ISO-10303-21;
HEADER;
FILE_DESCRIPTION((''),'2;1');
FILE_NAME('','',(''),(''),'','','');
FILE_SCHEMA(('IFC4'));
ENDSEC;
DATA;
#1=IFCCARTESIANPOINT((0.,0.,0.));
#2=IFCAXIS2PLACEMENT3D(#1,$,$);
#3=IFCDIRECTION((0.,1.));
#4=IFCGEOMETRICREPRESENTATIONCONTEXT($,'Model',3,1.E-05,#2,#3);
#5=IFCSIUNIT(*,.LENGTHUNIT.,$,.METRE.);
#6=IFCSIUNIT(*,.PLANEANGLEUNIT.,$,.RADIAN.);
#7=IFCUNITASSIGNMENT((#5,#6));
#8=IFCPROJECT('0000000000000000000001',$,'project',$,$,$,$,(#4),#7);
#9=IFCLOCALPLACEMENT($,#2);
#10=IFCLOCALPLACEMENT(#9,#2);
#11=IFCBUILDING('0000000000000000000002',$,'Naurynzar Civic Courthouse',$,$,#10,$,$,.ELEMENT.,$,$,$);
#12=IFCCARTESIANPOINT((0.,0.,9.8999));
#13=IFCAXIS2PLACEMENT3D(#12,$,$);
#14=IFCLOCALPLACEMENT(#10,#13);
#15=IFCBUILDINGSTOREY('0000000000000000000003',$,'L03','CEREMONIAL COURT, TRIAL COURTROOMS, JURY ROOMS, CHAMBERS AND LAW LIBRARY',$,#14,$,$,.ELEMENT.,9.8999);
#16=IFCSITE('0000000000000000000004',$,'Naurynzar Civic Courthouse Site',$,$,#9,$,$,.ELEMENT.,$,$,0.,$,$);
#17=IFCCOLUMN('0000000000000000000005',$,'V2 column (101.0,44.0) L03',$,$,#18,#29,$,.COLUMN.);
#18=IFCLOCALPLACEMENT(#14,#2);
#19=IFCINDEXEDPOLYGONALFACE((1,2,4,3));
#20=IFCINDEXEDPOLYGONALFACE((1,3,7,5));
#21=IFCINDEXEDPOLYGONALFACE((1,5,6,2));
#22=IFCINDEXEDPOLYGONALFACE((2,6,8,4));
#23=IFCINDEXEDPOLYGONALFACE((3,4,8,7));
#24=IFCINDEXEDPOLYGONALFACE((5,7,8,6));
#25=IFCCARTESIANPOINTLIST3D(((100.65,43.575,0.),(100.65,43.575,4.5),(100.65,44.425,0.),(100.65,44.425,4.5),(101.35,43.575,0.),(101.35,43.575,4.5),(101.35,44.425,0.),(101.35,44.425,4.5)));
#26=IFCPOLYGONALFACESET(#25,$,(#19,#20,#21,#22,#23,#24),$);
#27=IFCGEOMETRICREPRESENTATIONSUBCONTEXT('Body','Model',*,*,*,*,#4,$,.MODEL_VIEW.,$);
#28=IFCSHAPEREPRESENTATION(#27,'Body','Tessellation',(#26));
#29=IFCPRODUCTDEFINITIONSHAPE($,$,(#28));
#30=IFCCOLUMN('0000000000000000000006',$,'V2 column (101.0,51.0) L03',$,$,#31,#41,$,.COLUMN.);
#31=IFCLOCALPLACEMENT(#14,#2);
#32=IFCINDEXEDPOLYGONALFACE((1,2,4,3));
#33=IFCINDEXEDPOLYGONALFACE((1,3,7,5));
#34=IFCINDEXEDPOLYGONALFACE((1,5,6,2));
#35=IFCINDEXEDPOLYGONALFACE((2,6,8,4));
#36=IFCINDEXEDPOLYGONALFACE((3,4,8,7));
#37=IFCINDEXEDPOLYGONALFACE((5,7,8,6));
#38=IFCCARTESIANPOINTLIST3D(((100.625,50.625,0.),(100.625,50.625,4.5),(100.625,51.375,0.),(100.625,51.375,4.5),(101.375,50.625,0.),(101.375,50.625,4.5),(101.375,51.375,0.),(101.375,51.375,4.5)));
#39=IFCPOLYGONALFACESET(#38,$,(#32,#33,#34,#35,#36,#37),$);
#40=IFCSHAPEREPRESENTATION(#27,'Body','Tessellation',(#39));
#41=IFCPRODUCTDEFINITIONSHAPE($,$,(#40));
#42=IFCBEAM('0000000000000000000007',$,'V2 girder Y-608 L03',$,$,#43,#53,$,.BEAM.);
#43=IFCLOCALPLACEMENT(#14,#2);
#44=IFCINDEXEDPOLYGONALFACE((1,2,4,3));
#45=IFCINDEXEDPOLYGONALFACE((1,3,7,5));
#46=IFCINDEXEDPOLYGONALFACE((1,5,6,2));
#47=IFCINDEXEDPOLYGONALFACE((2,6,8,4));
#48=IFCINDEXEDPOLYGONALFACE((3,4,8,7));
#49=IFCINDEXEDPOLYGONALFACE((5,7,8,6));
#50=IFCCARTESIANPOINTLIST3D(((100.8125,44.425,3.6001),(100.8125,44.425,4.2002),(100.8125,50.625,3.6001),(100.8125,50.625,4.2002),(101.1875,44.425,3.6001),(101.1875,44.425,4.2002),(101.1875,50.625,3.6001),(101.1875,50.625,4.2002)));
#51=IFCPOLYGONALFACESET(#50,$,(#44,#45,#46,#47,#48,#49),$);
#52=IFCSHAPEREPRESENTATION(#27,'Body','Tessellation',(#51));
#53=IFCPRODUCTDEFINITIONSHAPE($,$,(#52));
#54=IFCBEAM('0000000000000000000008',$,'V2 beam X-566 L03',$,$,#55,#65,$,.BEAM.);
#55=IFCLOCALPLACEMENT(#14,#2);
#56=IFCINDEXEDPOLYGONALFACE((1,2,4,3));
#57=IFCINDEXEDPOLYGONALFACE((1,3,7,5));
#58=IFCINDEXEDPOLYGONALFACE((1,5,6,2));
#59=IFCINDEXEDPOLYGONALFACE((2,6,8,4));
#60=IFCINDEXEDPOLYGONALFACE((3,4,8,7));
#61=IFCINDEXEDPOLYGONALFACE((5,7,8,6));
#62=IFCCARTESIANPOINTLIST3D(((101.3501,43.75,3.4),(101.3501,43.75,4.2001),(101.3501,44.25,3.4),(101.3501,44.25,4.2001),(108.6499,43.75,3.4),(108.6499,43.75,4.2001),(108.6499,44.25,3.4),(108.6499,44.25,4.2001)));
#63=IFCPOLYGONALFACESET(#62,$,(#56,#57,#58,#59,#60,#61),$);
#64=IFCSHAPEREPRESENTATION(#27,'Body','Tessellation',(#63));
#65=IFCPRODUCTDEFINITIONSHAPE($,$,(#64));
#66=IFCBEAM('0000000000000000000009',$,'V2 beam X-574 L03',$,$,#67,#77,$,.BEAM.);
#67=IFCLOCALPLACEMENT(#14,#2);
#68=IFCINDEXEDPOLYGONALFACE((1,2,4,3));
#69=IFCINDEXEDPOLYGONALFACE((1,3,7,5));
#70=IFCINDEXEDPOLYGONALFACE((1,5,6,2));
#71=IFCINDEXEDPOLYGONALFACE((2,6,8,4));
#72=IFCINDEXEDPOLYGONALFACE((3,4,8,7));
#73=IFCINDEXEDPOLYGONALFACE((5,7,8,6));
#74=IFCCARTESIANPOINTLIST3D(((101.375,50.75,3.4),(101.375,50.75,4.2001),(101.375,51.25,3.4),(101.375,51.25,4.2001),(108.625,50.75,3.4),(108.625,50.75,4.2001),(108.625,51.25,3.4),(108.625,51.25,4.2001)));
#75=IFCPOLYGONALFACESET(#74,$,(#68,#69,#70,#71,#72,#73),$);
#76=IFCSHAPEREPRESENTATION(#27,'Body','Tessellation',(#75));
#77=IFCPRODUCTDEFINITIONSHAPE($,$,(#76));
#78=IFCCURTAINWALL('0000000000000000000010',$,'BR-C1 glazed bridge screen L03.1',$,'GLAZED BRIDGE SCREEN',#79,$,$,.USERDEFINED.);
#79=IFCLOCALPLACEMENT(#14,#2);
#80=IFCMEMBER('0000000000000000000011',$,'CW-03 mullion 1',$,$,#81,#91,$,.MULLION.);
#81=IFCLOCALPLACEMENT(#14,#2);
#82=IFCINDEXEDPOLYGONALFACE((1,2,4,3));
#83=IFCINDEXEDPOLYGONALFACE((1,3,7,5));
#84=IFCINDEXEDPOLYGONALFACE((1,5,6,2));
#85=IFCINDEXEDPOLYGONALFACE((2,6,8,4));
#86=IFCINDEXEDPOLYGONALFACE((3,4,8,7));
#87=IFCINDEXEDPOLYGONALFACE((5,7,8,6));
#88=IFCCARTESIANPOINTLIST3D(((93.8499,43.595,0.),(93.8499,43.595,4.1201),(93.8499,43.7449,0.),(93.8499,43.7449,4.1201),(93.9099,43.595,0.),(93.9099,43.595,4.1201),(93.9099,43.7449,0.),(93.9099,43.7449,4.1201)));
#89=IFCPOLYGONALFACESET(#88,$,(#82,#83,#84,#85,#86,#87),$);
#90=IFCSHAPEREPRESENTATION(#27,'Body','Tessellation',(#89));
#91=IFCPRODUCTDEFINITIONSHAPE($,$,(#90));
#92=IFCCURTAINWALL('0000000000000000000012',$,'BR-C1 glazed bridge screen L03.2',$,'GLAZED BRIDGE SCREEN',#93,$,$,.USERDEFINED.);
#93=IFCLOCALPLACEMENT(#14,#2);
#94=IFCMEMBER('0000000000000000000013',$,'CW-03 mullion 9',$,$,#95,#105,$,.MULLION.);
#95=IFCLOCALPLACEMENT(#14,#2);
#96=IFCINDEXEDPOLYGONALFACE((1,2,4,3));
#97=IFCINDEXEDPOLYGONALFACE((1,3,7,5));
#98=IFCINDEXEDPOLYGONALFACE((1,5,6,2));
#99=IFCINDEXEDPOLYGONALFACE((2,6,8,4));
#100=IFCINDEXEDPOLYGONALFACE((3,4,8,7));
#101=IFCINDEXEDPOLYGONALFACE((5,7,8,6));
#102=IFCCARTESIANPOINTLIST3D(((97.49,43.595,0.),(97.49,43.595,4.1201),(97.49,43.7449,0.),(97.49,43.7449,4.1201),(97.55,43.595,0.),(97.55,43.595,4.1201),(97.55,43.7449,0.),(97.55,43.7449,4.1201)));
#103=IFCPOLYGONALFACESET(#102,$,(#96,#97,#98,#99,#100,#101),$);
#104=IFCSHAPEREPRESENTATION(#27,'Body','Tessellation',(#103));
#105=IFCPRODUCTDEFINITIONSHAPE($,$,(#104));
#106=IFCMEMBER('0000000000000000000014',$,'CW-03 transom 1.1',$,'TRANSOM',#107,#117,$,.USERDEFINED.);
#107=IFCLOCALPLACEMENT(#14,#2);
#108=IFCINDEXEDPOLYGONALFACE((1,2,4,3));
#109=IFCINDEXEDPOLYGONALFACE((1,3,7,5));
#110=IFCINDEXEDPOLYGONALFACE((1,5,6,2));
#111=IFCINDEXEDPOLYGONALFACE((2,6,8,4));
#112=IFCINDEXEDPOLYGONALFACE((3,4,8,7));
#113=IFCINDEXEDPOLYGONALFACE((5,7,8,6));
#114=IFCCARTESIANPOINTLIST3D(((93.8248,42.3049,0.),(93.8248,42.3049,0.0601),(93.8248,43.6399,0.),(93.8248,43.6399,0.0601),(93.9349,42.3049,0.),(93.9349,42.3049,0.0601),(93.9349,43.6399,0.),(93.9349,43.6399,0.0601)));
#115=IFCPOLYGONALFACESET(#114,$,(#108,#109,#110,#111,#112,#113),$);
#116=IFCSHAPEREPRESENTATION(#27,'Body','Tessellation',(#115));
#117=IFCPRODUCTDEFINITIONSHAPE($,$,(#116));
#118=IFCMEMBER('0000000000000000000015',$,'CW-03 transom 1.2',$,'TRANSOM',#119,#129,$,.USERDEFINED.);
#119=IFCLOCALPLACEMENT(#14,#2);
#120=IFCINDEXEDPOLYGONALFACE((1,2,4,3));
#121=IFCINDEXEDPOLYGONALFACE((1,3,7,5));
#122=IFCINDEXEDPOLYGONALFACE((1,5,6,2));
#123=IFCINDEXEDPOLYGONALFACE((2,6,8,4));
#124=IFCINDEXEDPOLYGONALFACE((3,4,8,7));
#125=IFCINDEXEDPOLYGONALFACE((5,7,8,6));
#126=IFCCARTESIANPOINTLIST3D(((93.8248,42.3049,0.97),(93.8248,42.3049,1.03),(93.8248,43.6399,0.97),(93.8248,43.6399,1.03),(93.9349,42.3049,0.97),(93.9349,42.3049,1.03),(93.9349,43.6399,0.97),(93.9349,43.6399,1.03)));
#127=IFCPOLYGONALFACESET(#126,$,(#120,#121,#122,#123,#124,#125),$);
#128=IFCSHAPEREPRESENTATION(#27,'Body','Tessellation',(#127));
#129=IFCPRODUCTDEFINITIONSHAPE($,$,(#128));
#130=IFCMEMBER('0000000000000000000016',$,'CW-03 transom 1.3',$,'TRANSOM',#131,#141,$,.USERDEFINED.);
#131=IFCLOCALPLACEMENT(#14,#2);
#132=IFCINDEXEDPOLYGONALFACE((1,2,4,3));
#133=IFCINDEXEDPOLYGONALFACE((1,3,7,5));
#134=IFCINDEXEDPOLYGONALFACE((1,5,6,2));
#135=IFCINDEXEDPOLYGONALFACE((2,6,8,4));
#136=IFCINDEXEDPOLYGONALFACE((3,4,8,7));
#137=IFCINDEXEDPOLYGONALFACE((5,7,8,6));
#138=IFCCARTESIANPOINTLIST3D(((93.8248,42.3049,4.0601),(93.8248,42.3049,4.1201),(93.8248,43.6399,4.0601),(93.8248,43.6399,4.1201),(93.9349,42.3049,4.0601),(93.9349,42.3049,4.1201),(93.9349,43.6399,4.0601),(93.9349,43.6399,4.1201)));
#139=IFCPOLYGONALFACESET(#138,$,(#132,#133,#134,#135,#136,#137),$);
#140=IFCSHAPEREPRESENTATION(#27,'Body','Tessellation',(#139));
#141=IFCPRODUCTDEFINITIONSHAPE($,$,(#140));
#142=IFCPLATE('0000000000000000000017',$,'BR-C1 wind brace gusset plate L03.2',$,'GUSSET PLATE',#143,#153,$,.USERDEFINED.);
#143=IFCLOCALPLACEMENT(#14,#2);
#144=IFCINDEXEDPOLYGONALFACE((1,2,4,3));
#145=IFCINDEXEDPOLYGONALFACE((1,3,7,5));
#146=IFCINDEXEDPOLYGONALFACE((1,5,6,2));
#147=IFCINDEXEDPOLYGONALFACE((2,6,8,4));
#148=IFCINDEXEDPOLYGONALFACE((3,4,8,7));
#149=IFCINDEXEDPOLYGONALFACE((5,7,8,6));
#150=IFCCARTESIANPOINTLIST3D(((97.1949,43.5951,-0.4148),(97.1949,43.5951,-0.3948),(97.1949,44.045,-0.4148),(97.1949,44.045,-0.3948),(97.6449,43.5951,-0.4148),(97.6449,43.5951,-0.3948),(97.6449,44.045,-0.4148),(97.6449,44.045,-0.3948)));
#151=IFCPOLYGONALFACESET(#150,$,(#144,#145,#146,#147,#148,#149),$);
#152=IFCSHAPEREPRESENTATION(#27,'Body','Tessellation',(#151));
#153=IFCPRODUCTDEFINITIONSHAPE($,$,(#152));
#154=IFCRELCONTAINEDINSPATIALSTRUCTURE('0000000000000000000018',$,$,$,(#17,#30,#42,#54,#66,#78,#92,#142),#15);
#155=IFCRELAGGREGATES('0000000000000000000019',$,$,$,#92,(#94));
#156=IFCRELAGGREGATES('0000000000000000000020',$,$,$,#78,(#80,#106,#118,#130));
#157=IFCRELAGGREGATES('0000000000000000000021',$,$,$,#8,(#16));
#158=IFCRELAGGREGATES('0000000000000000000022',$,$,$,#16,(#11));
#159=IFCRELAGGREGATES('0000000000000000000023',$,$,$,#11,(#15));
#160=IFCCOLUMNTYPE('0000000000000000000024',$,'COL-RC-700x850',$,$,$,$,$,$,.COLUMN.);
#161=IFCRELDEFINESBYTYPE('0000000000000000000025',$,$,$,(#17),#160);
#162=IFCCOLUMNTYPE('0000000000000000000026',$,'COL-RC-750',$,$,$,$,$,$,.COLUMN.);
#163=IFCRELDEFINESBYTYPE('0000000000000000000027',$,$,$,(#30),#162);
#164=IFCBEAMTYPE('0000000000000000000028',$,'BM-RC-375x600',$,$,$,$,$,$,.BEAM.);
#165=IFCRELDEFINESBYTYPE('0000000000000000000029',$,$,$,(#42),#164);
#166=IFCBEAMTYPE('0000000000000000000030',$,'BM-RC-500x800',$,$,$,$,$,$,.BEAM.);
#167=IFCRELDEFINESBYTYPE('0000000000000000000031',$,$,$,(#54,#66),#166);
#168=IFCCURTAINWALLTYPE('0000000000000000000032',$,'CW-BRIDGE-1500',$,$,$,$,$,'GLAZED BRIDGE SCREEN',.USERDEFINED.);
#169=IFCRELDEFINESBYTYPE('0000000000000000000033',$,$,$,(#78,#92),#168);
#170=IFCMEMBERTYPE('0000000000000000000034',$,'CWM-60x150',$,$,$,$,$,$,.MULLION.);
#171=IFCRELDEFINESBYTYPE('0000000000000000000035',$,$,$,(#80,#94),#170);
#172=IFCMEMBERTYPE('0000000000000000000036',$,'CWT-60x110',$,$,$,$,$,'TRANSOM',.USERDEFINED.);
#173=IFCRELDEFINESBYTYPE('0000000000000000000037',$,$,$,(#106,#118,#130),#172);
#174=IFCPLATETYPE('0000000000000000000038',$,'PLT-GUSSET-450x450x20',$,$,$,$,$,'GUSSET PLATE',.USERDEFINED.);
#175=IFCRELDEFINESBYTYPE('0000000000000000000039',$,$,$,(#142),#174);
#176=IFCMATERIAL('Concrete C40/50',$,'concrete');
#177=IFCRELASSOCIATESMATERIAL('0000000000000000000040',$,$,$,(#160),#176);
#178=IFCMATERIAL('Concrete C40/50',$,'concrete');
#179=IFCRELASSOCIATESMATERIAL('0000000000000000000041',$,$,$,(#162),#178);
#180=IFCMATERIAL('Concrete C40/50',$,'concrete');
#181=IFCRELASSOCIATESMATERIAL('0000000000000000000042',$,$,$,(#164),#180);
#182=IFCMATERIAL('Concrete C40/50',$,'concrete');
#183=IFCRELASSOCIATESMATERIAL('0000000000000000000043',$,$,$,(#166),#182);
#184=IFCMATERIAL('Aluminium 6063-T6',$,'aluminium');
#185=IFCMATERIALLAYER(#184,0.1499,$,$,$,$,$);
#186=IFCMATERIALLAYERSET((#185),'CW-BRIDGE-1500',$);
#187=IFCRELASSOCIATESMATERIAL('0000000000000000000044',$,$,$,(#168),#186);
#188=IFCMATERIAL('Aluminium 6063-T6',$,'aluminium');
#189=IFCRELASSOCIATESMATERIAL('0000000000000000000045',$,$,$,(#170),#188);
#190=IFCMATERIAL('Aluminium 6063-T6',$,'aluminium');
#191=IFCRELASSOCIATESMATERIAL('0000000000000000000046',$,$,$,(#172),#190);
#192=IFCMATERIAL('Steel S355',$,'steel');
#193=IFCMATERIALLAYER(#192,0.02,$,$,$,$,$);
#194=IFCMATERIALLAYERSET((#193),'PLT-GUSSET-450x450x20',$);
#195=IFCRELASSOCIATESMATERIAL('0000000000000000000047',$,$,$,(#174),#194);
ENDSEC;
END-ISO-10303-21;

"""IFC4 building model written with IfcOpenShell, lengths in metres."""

from ifc_helpers import new_model, si_unit, direction, frame, origin, origin_2d, place, context, subcontext, project, spatial, rectangle, extrude, material, layer, layer_set, material_profile, profile_set, type_object, element, aggregate, save


model = new_model("IFC4")

# Units and contexts
model_context = context("Model", 3, precision=1e-05, world=origin(), true_north=direction((0.0, 1.0)))
body_context = subcontext(model_context, "Body", "Model", "MODEL_VIEW")
ifc_project = project(units=[si_unit("LENGTHUNIT", "METRE"), si_unit("PLANEANGLEUNIT", "RADIAN")], contexts=[model_context])

# Site, building, storey
site_placement = place(None, origin())
site = spatial("IfcSite", under=ifc_project, at=site_placement, Name="Naurynzar Civic Courthouse Site", CompositionType="ELEMENT", RefElevation=0.0)
building_placement = place(site_placement, origin())
building = spatial("IfcBuilding", under=site, at=building_placement, Name="Naurynzar Civic Courthouse", CompositionType="ELEMENT")
storey_placement = place(building_placement, frame((0.0, 0.0, 9.8999)))
storey = spatial("IfcBuildingStorey", under=building, at=storey_placement, Name="L03", Description="CEREMONIAL COURT, TRIAL COURTROOMS, JURY ROOMS, CHAMBERS AND LAW LIBRARY", CompositionType="ELEMENT", Elevation=9.8999)

# Columns
ifc_material_1 = material(Name="Concrete C40/50", Category="concrete")
ifc_material_profile_1 = material_profile(ifc_material_1, rectangle(XDim=0.7, YDim=0.8501, at=origin_2d()), Name="RC 700x850")
ifc_profile_set_1 = profile_set([ifc_material_profile_1], Name="Concrete C40/50")
column_type_1 = type_object("IfcColumnType", Name="COL-RC-700x850", PredefinedType="COLUMN", material=ifc_profile_set_1)
column_1_placement = place(storey_placement, frame((101.0, 44.0, 0.0), z_axis=(0.0, 0.0, 1.0), x_axis=(1.0, 0.0, 0.0)))
element("IfcColumn", 1, at=column_1_placement, inside=storey, type_object=column_type_1, Name="V2 column (101.0,44.0) L03", PredefinedType="COLUMN", context=body_context, shape_type="SweptSolid", body=[
    extrude(rectangle(XDim=0.7, YDim=0.8501, at=origin_2d()), origin(), (0.0, 0.0, 1.0), 4.5),
])
ifc_material_2 = material(Name="Concrete C40/50", Category="concrete")
ifc_material_profile_2 = material_profile(ifc_material_2, rectangle(XDim=0.75, YDim=0.75, at=origin_2d()), Name="RC 750x750")
ifc_profile_set_2 = profile_set([ifc_material_profile_2], Name="Concrete C40/50")
column_type_2 = type_object("IfcColumnType", Name="COL-RC-750", PredefinedType="COLUMN", material=ifc_profile_set_2)
column_2_placement = place(storey_placement, frame((101.0, 51.0, 0.0), z_axis=(0.0, 0.0, 1.0), x_axis=(1.0, 0.0, 0.0)))
element("IfcColumn", 2, at=column_2_placement, inside=storey, type_object=column_type_2, Name="V2 column (101.0,51.0) L03", PredefinedType="COLUMN", context=body_context, shape_type="SweptSolid", body=[
    extrude(rectangle(XDim=0.75, YDim=0.75, at=origin_2d()), origin(), (0.0, 0.0, 1.0), 4.5),
])

# Beams
ifc_material_3 = material(Name="Concrete C40/50", Category="concrete")
ifc_material_profile_3 = material_profile(ifc_material_3, rectangle(XDim=0.375, YDim=0.6001, at=origin_2d()), Name="RCB 375x600")
ifc_profile_set_3 = profile_set([ifc_material_profile_3], Name="Concrete C40/50")
beam_type_1 = type_object("IfcBeamType", Name="BM-RC-375x600", PredefinedType="BEAM", material=ifc_profile_set_3)
beam_1_placement = place(storey_placement, frame((101.0, 44.425, 3.9001), z_axis=(0.0, 1.0, 0.0), x_axis=(-1.0, 0.0, 0.0)))
element("IfcBeam", 3, at=beam_1_placement, inside=storey, type_object=beam_type_1, Name="V2 girder Y-608 L03", PredefinedType="BEAM", context=body_context, shape_type="SweptSolid", body=[
    extrude(rectangle(XDim=0.375, YDim=0.6001, at=origin_2d()), origin(), (0.0, 0.0, 1.0), 6.2),
])
ifc_material_4 = material(Name="Concrete C40/50", Category="concrete")
ifc_material_profile_4 = material_profile(ifc_material_4, rectangle(XDim=0.5, YDim=0.8, at=origin_2d()), Name="RCB 500x800")
ifc_profile_set_4 = profile_set([ifc_material_profile_4], Name="Concrete C40/50")
beam_type_2 = type_object("IfcBeamType", Name="BM-RC-500x800", PredefinedType="BEAM", material=ifc_profile_set_4)
beam_2_placement = place(storey_placement, frame((101.3501, 44.0, 3.8), z_axis=(1.0, 0.0, 0.0), x_axis=(0.0, 1.0, 0.0)))
element("IfcBeam", 4, at=beam_2_placement, inside=storey, type_object=beam_type_2, Name="V2 beam X-566 L03", PredefinedType="BEAM", context=body_context, shape_type="SweptSolid", body=[
    extrude(rectangle(XDim=0.5, YDim=0.8, at=origin_2d()), origin(), (0.0, 0.0, 1.0), 7.2998),
])
beam_3_placement = place(storey_placement, frame((101.375, 51.0, 3.8), z_axis=(1.0, 0.0, 0.0), x_axis=(0.0, 1.0, 0.0)))
element("IfcBeam", 5, at=beam_3_placement, inside=storey, type_object=beam_type_2, Name="V2 beam X-574 L03", PredefinedType="BEAM", context=body_context, shape_type="SweptSolid", body=[
    extrude(rectangle(XDim=0.5, YDim=0.8, at=origin_2d()), origin(), (0.0, 0.0, 1.0), 7.25),
])

# Curtain walls, members
ifc_material_5 = material(Name="Aluminium 6063-T6", Category="aluminium")
ifc_layer_1 = layer(ifc_material_5, 0.1499)
ifc_layer_set_1 = layer_set([ifc_layer_1], Name="CW-BRIDGE-1500")
curtain_wall_type = type_object("IfcCurtainWallType", Name="CW-BRIDGE-1500", ElementType="GLAZED BRIDGE SCREEN", PredefinedType="USERDEFINED", material=ifc_layer_set_1)
curtain_wall_1_placement = place(storey_placement, origin())
curtain_wall_1 = element("IfcCurtainWall", 6, at=curtain_wall_1_placement, inside=storey, type_object=curtain_wall_type, Name="BR-C1 glazed bridge screen L03.1", ObjectType="GLAZED BRIDGE SCREEN", PredefinedType="USERDEFINED")
ifc_material_6 = material(Name="Aluminium 6063-T6", Category="aluminium")
ifc_material_profile_5 = material_profile(ifc_material_6, rectangle(XDim=0.0601, YDim=0.1499, at=origin_2d()), Name="ALU MULLION 60x150")
ifc_profile_set_5 = profile_set([ifc_material_profile_5], Name="Aluminium 6063-T6")
member_type_1 = type_object("IfcMemberType", Name="CWM-60x150", PredefinedType="MULLION", material=ifc_profile_set_5)
member_1_placement = place(storey_placement, frame((93.8799, 43.6699, 0.0), z_axis=(0.0, 0.0, 1.0), x_axis=(1.0, 0.0, 0.0)))
member_1 = element("IfcMember", 7, at=member_1_placement, type_object=member_type_1, Name="CW-03 mullion 1", PredefinedType="MULLION", context=body_context, shape_type="SweptSolid", body=[
    extrude(rectangle(XDim=0.0601, YDim=0.1499, at=origin_2d()), origin(), (0.0, 0.0, 1.0), 4.1201),
])
curtain_wall_2_placement = place(storey_placement, origin())
curtain_wall_2 = element("IfcCurtainWall", 8, at=curtain_wall_2_placement, inside=storey, type_object=curtain_wall_type, Name="BR-C1 glazed bridge screen L03.2", ObjectType="GLAZED BRIDGE SCREEN", PredefinedType="USERDEFINED")
member_2_placement = place(storey_placement, frame((97.52, 43.6699, 0.0), z_axis=(0.0, 0.0, 1.0), x_axis=(-1.0, 0.0, 0.0)))
member_2 = element("IfcMember", 9, at=member_2_placement, type_object=member_type_1, Name="CW-03 mullion 9", PredefinedType="MULLION", context=body_context, shape_type="SweptSolid", body=[
    extrude(rectangle(XDim=0.0601, YDim=0.1499, at=origin_2d()), origin(), (0.0, 0.0, 1.0), 4.1201),
])
aggregate(curtain_wall_2, [member_2])

# Members
ifc_material_7 = material(Name="Aluminium 6063-T6", Category="aluminium")
ifc_material_profile_6 = material_profile(ifc_material_7, rectangle(XDim=0.1101, YDim=0.0601, at=origin_2d()), Name="ALU TRANSOM 60x110")
ifc_profile_set_6 = profile_set([ifc_material_profile_6], Name="Aluminium 6063-T6")
member_type_2 = type_object("IfcMemberType", Name="CWT-60x110", ElementType="TRANSOM", PredefinedType="USERDEFINED", material=ifc_profile_set_6)
member_3_placement = place(storey_placement, frame((93.8799, 43.6399, 0.03), z_axis=(0.0, -1.0, 0.0), x_axis=(1.0, 0.0, 0.0)))
member_3 = element("IfcMember", 10, at=member_3_placement, type_object=member_type_2, Name="CW-03 transom 1.1", ObjectType="TRANSOM", PredefinedType="USERDEFINED", context=body_context, shape_type="SweptSolid", body=[
    extrude(rectangle(XDim=0.1101, YDim=0.0601, at=origin_2d()), origin(), (0.0, 0.0, 1.0), 1.335),
])
member_4_placement = place(storey_placement, frame((93.8799, 43.6399, 1.0), z_axis=(0.0, -1.0, 0.0), x_axis=(1.0, 0.0, 0.0)))
member_4 = element("IfcMember", 11, at=member_4_placement, type_object=member_type_2, Name="CW-03 transom 1.2", ObjectType="TRANSOM", PredefinedType="USERDEFINED", context=body_context, shape_type="SweptSolid", body=[
    extrude(rectangle(XDim=0.1101, YDim=0.0601, at=origin_2d()), origin(), (0.0, 0.0, 1.0), 1.335),
])
member_5_placement = place(storey_placement, frame((93.8799, 43.6399, 4.0901), z_axis=(0.0, -1.0, 0.0), x_axis=(1.0, 0.0, 0.0)))
member_5 = element("IfcMember", 12, at=member_5_placement, type_object=member_type_2, Name="CW-03 transom 1.3", ObjectType="TRANSOM", PredefinedType="USERDEFINED", context=body_context, shape_type="SweptSolid", body=[
    extrude(rectangle(XDim=0.1101, YDim=0.0601, at=origin_2d()), origin(), (0.0, 0.0, 1.0), 1.335),
])
aggregate(curtain_wall_1, [member_1, member_3, member_4, member_5])

# Plate
ifc_material_8 = material(Name="Steel S355", Category="steel")
ifc_layer_2 = layer(ifc_material_8, 0.02)
ifc_layer_set_2 = layer_set([ifc_layer_2], Name="PLT-GUSSET-450x450x20")
plate_type = type_object("IfcPlateType", Name="PLT-GUSSET-450x450x20", ElementType="GUSSET PLATE", PredefinedType="USERDEFINED", material=ifc_layer_set_2)
plate_placement = place(storey_placement, frame((97.4199, 43.8201, -0.4148), z_axis=(0.0, 0.0, 1.0), x_axis=(1.0, 0.0, 0.0)))
element("IfcPlate", 13, at=plate_placement, inside=storey, type_object=plate_type, Name="BR-C1 wind brace gusset plate L03.2", ObjectType="GUSSET PLATE", PredefinedType="USERDEFINED", context=body_context, shape_type="SweptSolid", body=[
    extrude(rectangle(XDim=0.45, YDim=0.45, at=origin_2d()), origin(), (0.0, 0.0, 1.0), 0.02),
])

save(model, "model.ifc")
